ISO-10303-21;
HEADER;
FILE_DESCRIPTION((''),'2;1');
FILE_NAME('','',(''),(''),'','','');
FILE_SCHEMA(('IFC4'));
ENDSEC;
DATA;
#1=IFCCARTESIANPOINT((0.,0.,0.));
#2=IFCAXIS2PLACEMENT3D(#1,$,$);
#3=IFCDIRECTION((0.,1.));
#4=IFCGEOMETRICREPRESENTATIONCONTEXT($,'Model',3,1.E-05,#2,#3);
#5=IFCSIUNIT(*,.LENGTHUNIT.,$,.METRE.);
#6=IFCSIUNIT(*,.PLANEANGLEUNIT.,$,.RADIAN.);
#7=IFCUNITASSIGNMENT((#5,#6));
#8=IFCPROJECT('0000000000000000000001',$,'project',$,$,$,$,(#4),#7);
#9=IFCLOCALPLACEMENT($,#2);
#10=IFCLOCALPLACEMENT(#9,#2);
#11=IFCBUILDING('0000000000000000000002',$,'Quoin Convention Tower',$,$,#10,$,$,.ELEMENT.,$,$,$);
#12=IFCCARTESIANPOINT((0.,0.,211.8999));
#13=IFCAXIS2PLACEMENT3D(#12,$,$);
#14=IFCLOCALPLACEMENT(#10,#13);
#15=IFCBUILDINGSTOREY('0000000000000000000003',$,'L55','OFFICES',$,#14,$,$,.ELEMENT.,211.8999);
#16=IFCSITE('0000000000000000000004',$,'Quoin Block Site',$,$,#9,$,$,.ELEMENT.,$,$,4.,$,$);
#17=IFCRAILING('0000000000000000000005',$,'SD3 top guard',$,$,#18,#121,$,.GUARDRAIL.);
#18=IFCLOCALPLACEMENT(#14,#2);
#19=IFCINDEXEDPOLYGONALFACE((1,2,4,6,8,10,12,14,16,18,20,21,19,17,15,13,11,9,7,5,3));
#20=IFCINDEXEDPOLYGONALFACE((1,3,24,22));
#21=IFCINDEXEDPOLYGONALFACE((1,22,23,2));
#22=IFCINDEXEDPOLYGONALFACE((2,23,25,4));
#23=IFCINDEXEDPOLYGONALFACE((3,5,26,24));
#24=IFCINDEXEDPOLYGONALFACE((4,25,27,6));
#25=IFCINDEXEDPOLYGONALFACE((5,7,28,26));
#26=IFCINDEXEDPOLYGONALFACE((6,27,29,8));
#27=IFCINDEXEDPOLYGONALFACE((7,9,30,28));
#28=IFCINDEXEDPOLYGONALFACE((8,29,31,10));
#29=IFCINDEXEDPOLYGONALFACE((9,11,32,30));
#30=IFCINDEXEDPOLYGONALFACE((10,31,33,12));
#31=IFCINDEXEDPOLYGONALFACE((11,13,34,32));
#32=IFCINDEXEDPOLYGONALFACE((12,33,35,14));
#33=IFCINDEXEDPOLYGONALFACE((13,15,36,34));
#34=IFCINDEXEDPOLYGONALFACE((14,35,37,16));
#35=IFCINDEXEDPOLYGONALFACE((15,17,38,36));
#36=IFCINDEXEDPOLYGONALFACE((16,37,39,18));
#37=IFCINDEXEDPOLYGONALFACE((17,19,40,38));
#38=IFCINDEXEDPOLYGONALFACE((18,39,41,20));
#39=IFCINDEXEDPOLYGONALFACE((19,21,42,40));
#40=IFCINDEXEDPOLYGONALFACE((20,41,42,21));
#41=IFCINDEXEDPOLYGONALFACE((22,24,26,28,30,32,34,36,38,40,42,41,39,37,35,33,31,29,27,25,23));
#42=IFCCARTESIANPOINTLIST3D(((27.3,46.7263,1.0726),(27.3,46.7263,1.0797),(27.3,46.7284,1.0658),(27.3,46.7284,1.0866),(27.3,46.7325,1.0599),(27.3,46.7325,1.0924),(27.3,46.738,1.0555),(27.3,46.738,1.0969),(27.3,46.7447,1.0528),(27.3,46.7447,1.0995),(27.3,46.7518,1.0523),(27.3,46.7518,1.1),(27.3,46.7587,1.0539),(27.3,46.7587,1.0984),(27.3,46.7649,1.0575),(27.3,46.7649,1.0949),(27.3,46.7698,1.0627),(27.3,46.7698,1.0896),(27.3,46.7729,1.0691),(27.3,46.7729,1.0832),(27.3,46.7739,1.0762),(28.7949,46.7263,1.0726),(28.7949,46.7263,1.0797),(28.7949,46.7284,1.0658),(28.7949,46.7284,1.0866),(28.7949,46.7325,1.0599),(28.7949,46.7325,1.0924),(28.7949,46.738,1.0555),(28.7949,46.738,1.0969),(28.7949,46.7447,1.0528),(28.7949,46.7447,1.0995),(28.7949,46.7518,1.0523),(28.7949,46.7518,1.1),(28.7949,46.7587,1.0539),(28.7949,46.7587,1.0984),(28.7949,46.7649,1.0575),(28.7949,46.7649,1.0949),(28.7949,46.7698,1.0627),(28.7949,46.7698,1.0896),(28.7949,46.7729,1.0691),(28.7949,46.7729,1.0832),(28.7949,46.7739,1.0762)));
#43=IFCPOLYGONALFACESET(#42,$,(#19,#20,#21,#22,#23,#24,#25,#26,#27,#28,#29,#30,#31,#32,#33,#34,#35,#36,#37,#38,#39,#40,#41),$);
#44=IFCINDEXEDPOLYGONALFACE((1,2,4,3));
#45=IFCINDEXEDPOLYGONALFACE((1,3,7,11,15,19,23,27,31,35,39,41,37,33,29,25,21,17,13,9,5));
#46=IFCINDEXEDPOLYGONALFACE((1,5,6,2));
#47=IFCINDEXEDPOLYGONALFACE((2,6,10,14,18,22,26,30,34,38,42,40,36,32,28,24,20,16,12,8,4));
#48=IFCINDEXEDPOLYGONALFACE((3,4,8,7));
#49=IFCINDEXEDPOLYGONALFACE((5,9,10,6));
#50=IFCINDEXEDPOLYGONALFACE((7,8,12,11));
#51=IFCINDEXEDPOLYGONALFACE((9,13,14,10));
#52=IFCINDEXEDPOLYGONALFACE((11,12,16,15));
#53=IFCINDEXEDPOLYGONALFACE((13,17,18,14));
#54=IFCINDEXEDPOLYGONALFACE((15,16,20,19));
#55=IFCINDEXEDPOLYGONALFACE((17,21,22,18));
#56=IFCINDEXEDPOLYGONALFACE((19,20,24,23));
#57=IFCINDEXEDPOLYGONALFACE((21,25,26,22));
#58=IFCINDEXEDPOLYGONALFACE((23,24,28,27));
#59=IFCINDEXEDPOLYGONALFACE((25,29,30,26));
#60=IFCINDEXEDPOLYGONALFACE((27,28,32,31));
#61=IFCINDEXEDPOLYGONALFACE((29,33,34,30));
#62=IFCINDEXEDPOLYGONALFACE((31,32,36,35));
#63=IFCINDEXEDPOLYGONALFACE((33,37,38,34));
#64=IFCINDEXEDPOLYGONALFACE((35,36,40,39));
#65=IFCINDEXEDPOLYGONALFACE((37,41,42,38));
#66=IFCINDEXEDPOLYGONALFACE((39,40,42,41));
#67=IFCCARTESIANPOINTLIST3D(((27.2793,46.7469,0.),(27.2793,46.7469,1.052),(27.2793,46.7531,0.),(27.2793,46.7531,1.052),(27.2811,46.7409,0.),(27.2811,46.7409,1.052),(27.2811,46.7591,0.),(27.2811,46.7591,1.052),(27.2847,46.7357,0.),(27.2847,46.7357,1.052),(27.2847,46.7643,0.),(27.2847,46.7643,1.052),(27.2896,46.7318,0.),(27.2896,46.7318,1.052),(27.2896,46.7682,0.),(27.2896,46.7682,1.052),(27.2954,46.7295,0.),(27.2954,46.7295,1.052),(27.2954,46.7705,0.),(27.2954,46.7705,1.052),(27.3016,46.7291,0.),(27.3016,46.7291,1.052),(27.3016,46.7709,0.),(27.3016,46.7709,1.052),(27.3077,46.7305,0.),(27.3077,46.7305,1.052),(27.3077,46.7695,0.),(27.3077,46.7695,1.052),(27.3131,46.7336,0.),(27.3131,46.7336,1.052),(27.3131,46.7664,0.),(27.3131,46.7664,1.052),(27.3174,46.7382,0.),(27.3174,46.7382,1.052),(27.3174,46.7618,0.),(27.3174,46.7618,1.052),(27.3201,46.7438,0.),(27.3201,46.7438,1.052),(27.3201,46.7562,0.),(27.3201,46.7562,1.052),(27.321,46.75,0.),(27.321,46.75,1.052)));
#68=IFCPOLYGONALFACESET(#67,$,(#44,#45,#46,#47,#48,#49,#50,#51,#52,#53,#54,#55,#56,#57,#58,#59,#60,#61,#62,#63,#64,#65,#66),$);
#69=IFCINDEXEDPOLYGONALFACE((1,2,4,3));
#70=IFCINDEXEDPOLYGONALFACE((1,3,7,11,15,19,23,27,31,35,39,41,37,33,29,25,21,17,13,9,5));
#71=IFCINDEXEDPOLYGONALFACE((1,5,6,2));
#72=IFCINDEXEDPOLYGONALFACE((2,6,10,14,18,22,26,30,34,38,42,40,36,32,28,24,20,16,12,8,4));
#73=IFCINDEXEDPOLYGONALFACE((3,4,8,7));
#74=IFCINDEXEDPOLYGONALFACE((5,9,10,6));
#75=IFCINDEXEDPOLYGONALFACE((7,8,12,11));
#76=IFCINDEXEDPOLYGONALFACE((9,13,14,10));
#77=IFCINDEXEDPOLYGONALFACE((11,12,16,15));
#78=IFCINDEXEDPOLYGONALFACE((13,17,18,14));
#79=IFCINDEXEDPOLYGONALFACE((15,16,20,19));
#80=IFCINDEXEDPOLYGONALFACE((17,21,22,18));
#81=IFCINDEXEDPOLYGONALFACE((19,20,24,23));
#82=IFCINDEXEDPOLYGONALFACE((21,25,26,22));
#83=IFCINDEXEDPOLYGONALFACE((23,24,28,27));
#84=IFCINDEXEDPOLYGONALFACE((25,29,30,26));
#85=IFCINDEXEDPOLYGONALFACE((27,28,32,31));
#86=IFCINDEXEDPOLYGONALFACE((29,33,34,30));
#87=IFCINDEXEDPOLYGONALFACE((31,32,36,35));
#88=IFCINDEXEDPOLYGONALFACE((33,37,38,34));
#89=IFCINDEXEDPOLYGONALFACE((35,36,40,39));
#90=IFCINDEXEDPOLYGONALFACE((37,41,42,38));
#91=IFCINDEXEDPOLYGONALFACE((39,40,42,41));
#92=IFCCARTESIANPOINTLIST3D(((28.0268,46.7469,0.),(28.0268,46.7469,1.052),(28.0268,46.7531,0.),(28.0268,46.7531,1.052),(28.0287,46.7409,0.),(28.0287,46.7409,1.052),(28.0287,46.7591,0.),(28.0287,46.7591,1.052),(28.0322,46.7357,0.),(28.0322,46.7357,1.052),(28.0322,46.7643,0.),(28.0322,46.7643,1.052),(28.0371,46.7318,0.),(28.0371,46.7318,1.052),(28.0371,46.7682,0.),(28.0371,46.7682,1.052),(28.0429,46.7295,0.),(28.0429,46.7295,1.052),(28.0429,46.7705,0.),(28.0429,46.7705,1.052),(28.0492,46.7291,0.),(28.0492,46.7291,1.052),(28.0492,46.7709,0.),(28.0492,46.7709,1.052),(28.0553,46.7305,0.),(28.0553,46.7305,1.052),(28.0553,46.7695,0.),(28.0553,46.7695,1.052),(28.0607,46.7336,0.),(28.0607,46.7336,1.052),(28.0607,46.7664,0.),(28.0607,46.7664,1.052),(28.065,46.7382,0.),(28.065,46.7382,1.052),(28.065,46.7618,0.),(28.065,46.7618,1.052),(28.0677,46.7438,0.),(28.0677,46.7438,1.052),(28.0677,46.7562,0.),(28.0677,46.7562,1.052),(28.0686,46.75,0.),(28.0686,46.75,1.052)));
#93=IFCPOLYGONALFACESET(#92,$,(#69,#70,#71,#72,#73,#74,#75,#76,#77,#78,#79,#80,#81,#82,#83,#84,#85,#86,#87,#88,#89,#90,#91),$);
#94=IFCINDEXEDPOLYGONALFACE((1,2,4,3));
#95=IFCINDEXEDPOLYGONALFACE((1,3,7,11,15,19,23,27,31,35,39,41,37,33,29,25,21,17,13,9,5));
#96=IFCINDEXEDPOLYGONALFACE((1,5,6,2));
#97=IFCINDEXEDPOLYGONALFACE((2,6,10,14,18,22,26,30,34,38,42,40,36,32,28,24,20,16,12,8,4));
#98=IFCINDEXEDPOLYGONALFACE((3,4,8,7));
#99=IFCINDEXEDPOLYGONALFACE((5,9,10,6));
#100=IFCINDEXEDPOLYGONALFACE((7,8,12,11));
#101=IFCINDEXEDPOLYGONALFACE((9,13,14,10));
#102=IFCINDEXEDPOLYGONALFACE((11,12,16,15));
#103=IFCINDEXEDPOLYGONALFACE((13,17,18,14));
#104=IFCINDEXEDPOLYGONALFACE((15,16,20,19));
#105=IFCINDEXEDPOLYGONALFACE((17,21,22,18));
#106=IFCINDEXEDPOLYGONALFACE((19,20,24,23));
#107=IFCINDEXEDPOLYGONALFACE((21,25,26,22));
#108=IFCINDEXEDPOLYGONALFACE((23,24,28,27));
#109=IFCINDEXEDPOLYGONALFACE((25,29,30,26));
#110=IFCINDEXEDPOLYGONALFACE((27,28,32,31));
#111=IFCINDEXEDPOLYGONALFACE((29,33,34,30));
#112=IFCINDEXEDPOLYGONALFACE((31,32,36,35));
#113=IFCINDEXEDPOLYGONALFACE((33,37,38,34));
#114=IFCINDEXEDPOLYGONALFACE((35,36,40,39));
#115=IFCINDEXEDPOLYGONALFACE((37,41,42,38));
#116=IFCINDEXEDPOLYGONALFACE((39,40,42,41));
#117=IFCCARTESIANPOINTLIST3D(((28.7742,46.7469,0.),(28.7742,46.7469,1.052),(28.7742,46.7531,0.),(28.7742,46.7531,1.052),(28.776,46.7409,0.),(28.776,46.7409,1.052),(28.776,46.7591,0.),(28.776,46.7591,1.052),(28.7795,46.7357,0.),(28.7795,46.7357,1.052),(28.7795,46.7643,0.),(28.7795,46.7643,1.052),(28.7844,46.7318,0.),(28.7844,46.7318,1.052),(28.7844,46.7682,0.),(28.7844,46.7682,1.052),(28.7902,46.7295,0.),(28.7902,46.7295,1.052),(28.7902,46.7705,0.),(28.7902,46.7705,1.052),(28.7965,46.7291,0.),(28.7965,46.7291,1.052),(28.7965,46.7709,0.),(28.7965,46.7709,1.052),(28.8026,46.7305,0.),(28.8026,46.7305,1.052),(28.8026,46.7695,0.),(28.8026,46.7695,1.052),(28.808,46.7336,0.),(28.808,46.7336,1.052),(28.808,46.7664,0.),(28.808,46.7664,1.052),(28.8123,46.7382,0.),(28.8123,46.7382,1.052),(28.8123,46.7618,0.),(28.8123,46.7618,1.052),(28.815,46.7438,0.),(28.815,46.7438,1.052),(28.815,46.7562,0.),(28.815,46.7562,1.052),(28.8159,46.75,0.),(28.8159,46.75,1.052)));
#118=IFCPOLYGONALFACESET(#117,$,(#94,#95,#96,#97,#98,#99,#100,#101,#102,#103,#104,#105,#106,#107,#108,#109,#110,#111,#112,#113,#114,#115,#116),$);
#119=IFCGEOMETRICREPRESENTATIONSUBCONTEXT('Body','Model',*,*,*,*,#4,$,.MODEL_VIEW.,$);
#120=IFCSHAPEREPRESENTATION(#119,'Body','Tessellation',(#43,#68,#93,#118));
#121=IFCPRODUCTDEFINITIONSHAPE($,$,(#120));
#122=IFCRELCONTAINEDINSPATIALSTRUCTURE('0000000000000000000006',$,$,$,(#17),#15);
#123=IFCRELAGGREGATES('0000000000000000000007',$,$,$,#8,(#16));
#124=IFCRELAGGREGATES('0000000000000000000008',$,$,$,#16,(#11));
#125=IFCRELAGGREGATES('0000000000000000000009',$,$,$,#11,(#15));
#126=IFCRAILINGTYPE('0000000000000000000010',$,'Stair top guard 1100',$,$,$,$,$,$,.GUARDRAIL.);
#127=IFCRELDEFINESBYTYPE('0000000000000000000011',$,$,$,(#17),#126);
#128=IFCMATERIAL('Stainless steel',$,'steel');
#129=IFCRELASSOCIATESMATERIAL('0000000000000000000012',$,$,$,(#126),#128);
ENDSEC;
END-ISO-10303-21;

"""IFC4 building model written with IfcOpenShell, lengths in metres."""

from ifc_helpers import new_model, si_unit, direction, frame, origin, origin_2d, place, context, subcontext, project, spatial, circle, extrude, material, type_object, element, save


model = new_model("IFC4")

# Units and contexts
model_context = context("Model", 3, precision=1e-05, world=origin(), true_north=direction((0.0, 1.0)))
body_context = subcontext(model_context, "Body", "Model", "MODEL_VIEW")
ifc_project = project(units=[si_unit("LENGTHUNIT", "METRE"), si_unit("PLANEANGLEUNIT", "RADIAN")], contexts=[model_context])

# Site, building, storey
site_placement = place(None, origin())
site = spatial("IfcSite", under=ifc_project, at=site_placement, Name="Quoin Block Site", CompositionType="ELEMENT", RefElevation=4.0)
building_placement = place(site_placement, origin())
building = spatial("IfcBuilding", under=site, at=building_placement, Name="Quoin Convention Tower", CompositionType="ELEMENT")
storey_placement = place(building_placement, frame((0.0, 0.0, 211.8999)))
storey = spatial("IfcBuildingStorey", under=building, at=storey_placement, Name="L55", Description="OFFICES", CompositionType="ELEMENT", Elevation=211.8999)

# Railing
ifc_material_1 = material(Name="Stainless steel", Category="steel")
railing_type_1 = type_object("IfcRailingType", Name="Stair top guard 1100", PredefinedType="GUARDRAIL", material=ifc_material_1)
railing_1_placement = place(storey_placement, frame((27.3, 46.75, 0.0)))
element("IfcRailing", 1, at=railing_1_placement, inside=storey, type_object=railing_type_1, Name="SD3 top guard", PredefinedType="GUARDRAIL", context=body_context, shape_type="SweptSolid", body=[
    extrude(circle(Radius=0.0239, at=origin_2d()), frame((0.0, 0.0, 1.0762), z_axis=(1.0, 0.0, 0.0), x_axis=(0.0, 1.0, 0.0)), (0.0, 0.0, 1.0), 1.4949),
    extrude(circle(Radius=0.021, at=origin_2d()), origin(), (0.0, 0.0, 1.0), 1.052),
    extrude(circle(Radius=0.021, at=origin_2d()), frame((0.7476, 0.0, 0.0)), (0.0, 0.0, 1.0), 1.052),
    extrude(circle(Radius=0.021, at=origin_2d()), frame((1.4949, 0.0, 0.0)), (0.0, 0.0, 1.0), 1.052),
])

save(model, "model.ifc")
